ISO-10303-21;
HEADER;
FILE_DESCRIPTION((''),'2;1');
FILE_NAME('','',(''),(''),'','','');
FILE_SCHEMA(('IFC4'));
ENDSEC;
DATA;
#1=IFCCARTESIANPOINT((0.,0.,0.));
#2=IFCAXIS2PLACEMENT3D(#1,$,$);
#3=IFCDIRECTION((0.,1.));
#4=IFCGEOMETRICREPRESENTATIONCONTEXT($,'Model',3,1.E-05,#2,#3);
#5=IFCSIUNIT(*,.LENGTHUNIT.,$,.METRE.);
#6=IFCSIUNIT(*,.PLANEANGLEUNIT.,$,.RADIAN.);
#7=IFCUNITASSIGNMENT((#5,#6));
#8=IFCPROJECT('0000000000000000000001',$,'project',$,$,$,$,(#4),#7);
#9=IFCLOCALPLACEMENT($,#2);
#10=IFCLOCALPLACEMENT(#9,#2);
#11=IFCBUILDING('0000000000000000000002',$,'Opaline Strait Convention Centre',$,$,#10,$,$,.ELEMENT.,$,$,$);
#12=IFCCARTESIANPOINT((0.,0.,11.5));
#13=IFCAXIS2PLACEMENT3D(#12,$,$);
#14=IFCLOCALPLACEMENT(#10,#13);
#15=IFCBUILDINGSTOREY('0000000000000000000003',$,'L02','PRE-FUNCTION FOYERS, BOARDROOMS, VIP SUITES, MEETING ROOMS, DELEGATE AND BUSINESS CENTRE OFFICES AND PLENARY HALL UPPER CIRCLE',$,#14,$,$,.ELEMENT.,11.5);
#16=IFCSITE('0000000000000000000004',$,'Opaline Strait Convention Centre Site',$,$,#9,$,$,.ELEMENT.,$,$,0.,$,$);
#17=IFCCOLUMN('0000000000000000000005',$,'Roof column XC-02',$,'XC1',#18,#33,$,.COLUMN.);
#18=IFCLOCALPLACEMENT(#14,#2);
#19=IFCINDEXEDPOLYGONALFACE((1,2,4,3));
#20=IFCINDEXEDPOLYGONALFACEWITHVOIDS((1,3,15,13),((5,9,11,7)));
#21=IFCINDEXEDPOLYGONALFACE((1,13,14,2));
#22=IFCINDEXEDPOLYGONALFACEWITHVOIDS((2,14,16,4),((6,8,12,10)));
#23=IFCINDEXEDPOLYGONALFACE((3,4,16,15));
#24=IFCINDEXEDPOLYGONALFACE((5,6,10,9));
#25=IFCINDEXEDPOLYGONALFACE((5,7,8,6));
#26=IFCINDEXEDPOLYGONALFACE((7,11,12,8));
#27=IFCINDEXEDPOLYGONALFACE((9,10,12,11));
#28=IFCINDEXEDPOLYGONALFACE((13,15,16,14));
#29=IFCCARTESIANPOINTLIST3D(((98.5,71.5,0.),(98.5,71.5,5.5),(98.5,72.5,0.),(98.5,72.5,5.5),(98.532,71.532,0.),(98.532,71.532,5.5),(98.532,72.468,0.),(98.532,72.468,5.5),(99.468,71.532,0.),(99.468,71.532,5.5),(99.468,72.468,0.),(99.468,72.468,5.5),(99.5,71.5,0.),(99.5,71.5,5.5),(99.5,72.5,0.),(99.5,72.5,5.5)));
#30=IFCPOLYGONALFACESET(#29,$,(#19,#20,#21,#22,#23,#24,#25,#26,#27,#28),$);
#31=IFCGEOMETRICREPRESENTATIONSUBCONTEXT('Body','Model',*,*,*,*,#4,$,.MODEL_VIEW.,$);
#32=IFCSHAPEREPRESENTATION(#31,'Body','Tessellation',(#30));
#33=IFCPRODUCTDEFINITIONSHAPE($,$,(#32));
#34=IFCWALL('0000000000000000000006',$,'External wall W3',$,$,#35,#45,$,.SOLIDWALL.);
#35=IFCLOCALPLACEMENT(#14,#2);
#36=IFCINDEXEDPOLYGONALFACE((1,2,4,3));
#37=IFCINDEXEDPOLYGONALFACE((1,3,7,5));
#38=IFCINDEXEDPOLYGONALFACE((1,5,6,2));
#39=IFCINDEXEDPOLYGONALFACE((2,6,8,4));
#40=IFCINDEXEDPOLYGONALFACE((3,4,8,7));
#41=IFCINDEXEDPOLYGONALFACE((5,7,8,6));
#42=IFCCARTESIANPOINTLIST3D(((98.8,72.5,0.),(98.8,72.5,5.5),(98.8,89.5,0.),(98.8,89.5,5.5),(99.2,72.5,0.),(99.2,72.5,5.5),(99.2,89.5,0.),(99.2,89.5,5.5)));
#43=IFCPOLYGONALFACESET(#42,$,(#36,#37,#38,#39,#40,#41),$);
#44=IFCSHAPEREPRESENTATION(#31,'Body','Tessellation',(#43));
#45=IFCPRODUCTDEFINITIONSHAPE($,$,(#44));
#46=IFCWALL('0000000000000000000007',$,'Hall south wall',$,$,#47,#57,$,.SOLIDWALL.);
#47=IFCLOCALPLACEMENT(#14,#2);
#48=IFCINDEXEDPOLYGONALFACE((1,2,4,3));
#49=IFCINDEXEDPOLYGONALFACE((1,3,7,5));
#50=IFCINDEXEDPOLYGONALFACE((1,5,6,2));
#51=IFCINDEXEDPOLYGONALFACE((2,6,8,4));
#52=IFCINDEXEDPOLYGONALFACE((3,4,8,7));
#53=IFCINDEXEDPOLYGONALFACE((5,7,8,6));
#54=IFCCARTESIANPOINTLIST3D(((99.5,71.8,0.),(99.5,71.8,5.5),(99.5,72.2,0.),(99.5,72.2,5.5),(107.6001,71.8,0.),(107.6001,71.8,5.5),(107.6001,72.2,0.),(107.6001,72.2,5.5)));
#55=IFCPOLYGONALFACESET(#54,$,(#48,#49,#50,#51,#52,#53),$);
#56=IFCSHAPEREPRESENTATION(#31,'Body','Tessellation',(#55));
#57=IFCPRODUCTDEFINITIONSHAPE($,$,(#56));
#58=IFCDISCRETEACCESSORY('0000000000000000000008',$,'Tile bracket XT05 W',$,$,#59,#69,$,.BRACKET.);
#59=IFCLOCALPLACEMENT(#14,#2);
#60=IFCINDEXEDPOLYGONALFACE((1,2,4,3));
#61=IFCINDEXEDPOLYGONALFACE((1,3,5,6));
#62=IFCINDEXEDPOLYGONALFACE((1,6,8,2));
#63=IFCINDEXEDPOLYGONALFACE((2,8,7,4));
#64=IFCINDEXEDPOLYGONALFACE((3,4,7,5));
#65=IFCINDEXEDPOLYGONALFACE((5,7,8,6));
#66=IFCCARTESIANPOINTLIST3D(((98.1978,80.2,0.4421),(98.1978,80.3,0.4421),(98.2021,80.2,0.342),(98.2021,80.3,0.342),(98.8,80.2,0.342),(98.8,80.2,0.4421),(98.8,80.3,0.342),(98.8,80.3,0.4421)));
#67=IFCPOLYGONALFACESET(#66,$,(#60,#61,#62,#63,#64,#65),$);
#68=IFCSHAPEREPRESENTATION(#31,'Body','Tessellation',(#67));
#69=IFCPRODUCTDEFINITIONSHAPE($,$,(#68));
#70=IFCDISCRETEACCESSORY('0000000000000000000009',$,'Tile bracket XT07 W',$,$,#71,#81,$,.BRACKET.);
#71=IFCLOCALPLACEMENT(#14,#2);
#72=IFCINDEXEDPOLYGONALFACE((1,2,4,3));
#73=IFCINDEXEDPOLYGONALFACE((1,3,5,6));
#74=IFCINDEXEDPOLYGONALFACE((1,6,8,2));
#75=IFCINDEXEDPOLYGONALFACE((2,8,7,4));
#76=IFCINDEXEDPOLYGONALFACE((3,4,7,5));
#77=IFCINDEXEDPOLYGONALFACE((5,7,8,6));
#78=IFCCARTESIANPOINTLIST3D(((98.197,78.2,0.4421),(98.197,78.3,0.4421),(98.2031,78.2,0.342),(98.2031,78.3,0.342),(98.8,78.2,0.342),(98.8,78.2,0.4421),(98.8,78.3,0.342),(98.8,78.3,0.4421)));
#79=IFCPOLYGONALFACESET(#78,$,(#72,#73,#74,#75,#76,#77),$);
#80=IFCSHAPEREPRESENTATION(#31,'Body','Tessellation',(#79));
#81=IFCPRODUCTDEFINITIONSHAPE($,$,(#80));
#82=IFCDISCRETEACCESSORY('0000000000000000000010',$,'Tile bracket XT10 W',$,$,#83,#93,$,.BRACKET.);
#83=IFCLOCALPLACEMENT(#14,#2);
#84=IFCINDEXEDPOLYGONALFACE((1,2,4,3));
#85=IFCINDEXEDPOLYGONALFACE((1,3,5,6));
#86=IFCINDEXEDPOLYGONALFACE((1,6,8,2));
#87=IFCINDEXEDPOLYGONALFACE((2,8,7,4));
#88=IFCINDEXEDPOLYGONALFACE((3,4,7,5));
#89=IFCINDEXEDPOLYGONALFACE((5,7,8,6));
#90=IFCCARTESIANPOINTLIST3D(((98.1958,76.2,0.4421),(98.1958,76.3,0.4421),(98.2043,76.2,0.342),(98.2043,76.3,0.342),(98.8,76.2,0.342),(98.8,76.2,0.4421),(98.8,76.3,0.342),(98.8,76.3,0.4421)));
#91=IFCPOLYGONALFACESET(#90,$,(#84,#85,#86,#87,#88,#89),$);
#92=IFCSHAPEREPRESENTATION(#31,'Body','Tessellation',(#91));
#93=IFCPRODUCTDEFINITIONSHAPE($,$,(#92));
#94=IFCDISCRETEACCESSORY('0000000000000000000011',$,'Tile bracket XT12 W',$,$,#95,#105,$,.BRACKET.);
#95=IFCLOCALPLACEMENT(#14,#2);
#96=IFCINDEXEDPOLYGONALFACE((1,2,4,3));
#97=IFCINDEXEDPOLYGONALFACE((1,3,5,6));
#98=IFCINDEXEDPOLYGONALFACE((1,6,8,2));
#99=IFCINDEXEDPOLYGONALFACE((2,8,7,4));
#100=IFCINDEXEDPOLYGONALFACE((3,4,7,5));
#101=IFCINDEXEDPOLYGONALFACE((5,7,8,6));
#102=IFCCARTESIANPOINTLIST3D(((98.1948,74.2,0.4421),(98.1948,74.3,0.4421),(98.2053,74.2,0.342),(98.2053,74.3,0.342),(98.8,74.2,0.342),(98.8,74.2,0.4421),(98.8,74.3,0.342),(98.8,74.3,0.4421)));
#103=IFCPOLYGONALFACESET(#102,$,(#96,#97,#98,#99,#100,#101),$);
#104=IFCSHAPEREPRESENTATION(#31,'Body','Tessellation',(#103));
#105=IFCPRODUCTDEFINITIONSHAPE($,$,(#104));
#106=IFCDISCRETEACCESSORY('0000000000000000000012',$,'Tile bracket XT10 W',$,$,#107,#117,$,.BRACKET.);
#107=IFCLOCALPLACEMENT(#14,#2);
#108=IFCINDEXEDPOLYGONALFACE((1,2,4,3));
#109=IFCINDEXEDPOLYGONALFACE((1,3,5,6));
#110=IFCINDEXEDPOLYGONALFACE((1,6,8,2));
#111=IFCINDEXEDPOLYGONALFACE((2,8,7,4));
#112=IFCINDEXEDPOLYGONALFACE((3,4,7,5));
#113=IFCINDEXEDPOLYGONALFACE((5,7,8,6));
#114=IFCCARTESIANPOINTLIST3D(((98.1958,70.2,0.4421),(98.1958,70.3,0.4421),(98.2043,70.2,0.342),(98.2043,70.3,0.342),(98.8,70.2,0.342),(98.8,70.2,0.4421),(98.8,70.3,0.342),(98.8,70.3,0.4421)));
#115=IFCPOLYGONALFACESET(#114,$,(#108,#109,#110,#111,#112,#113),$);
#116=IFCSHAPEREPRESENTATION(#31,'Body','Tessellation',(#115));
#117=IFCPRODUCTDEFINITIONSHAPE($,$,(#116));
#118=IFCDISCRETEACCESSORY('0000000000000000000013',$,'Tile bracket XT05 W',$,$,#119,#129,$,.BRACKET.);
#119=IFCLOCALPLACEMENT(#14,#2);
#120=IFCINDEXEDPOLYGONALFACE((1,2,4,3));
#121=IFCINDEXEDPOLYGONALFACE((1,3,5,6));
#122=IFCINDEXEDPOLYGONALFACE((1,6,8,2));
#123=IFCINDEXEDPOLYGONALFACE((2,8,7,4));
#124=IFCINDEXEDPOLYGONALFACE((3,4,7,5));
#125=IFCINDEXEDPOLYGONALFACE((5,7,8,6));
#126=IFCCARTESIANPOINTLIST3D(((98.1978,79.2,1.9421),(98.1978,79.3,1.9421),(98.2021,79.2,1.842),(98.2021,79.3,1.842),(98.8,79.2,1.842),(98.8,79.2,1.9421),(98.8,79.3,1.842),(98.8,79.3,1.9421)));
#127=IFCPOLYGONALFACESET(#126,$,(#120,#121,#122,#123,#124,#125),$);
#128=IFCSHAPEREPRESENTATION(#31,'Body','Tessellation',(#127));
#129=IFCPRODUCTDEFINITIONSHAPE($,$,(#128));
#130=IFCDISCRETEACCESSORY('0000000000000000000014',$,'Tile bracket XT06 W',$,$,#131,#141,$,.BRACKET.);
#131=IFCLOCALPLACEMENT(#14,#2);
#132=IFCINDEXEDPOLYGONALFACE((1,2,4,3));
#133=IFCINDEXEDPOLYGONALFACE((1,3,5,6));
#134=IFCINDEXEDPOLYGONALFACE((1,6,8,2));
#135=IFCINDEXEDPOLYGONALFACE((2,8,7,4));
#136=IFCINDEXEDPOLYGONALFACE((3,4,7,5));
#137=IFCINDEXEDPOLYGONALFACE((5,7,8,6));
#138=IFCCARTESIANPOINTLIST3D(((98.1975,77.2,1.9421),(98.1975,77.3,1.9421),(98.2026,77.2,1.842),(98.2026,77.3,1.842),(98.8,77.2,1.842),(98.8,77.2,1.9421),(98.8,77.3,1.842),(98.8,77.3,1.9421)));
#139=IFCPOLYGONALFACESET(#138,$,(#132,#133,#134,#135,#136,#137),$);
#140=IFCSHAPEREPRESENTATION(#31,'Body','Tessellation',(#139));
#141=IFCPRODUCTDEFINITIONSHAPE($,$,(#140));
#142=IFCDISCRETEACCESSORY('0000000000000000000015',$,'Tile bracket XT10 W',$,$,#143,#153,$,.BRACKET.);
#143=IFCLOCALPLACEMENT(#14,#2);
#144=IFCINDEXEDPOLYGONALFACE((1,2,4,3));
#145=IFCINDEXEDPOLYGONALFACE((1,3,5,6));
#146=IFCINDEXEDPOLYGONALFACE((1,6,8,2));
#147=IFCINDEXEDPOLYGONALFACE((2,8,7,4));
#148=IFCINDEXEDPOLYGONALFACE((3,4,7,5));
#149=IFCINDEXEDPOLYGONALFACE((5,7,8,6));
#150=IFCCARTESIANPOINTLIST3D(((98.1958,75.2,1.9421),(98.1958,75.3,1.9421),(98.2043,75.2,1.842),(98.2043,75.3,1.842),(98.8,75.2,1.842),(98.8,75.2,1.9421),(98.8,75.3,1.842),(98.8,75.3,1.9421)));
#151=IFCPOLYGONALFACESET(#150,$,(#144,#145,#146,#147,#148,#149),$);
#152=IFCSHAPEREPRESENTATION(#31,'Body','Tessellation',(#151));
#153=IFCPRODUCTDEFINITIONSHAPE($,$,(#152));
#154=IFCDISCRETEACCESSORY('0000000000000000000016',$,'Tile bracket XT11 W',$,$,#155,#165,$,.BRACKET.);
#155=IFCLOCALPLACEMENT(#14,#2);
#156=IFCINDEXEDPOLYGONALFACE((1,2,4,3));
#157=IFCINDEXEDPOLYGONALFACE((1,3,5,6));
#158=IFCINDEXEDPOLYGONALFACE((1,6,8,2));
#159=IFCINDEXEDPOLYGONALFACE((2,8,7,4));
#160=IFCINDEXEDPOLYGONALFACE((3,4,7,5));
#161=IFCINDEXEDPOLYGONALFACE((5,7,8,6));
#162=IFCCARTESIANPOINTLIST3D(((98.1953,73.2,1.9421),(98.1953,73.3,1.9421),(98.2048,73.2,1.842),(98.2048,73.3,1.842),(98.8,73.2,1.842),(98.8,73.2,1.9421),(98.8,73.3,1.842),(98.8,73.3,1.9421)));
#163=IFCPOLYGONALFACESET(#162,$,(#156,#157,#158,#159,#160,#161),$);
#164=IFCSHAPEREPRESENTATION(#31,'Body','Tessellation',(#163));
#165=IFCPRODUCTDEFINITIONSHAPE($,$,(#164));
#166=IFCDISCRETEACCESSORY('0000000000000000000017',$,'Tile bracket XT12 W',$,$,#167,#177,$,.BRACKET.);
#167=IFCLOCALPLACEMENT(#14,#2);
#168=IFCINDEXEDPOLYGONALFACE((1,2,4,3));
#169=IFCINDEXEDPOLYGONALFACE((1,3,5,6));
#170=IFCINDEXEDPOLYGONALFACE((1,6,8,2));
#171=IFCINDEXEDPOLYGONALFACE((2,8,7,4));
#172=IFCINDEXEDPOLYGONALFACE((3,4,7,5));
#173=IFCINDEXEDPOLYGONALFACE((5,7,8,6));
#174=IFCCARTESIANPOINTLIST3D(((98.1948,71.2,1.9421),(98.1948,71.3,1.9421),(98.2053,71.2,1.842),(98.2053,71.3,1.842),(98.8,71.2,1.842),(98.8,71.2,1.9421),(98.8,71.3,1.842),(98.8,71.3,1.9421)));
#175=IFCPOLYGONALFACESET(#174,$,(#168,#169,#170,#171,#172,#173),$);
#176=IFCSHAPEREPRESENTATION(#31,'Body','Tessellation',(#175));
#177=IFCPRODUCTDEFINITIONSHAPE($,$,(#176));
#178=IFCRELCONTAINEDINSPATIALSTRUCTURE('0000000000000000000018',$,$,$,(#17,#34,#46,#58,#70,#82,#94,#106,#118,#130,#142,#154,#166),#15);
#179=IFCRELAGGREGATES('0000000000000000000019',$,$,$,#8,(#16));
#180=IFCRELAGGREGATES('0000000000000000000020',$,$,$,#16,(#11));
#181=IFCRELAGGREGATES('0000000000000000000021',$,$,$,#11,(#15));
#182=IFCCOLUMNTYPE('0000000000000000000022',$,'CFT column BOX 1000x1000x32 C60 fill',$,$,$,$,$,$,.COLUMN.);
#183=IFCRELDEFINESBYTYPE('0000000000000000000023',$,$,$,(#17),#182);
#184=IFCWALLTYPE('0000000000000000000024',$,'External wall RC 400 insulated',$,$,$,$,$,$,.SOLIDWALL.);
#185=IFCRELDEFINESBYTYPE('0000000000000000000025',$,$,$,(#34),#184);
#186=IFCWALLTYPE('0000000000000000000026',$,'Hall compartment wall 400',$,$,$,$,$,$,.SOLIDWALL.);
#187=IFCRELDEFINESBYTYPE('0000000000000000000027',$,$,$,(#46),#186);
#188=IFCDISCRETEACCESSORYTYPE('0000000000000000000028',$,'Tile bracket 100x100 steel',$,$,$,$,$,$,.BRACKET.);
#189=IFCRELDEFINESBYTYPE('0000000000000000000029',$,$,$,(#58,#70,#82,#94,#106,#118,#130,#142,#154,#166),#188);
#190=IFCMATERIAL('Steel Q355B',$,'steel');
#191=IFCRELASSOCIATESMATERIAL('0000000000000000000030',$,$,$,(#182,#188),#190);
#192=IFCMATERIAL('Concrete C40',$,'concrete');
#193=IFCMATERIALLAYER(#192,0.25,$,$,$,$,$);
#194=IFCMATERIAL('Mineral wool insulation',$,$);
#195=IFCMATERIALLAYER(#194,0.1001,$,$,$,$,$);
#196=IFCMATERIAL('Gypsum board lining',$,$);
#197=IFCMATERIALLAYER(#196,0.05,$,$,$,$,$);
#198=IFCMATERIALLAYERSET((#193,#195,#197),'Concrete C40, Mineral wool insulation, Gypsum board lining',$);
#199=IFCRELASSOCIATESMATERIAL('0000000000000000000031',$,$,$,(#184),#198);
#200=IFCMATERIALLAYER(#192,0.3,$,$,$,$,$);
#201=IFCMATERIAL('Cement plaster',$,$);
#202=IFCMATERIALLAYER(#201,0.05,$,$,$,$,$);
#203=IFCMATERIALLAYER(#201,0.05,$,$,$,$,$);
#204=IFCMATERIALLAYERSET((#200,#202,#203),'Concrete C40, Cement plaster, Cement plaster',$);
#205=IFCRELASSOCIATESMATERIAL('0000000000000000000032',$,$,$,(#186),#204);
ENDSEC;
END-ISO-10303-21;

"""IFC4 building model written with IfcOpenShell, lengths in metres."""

from ifc_helpers import new_model, si_unit, direction, frame, frame_2d, origin, origin_2d, place, context, subcontext, project, spatial, polyline, rectangle, hollow_rectangle, outline, extrude, material, layer, layer_set, material_profile, profile_set, type_object, element, save


model = new_model("IFC4")

# Units and contexts
model_context = context("Model", 3, precision=1e-05, world=origin(), true_north=direction((0.0, 1.0)))
body_context = subcontext(model_context, "Body", "Model", "MODEL_VIEW")
ifc_project = project(units=[si_unit("LENGTHUNIT", "METRE"), si_unit("PLANEANGLEUNIT", "RADIAN")], contexts=[model_context])

# Site, building, storey
site_placement = place(None, origin())
site = spatial("IfcSite", under=ifc_project, at=site_placement, Name="Opaline Strait Convention Centre Site", CompositionType="ELEMENT", RefElevation=0.0)
building_placement = place(site_placement, origin())
building = spatial("IfcBuilding", under=site, at=building_placement, Name="Opaline Strait Convention Centre", CompositionType="ELEMENT")
storey_placement = place(building_placement, frame((0.0, 0.0, 11.5)))
storey = spatial("IfcBuildingStorey", under=building, at=storey_placement, Name="L02", Description="PRE-FUNCTION FOYERS, BOARDROOMS, VIP SUITES, MEETING ROOMS, DELEGATE AND BUSINESS CENTRE OFFICES AND PLENARY HALL UPPER CIRCLE", CompositionType="ELEMENT", Elevation=11.5)

# Column
ifc_material_1 = material(Name="Steel Q355B", Category="steel")
ifc_material_profile = material_profile(ifc_material_1, hollow_rectangle(XDim=1.0, YDim=1.0, WallThickness=0.032, at=origin_2d()), Name="BOX 1000x1000x32")
ifc_profile_set = profile_set([ifc_material_profile], Name="Steel Q355B")
column_type = type_object("IfcColumnType", Name="CFT column BOX 1000x1000x32 C60 fill", PredefinedType="COLUMN", material=ifc_profile_set)
column_placement = place(storey_placement, frame((99.0, 72.0, 0.0), z_axis=(0.0, 0.0, 1.0), x_axis=(1.0, 0.0, 0.0)))
element("IfcColumn", 1, at=column_placement, inside=storey, type_object=column_type, Name="Roof column XC-02", ObjectType="XC1", PredefinedType="COLUMN", context=body_context, shape_type="SweptSolid", body=[
    extrude(hollow_rectangle(XDim=1.0, YDim=1.0, WallThickness=0.032, at=origin_2d()), origin(), (0.0, 0.0, 1.0), 5.5),
])

# Walls
ifc_material_2 = material(Name="Concrete C40", Category="concrete")
ifc_layer_1 = layer(ifc_material_2, 0.25)
ifc_material_3 = material(Name="Mineral wool insulation")
ifc_layer_2 = layer(ifc_material_3, 0.1001)
ifc_material_4 = material(Name="Gypsum board lining")
ifc_layer_3 = layer(ifc_material_4, 0.05)
ifc_layer_set_1 = layer_set([ifc_layer_1, ifc_layer_2, ifc_layer_3], Name="Concrete C40, Mineral wool insulation, Gypsum board lining")
wall_type_1 = type_object("IfcWallType", Name="External wall RC 400 insulated", PredefinedType="SOLIDWALL", material=ifc_layer_set_1)
wall_1_placement = place(storey_placement, frame((99.0, 72.5, 0.0), z_axis=(0.0, 0.0, 1.0), x_axis=(0.0, 1.0, 0.0)))
element("IfcWall", 2, at=wall_1_placement, inside=storey, type_object=wall_type_1, Name="External wall W3", PredefinedType="SOLIDWALL", context=body_context, shape_type="SweptSolid", body=[
    extrude(rectangle(XDim=17.0, YDim=0.3999, at=frame_2d((8.5, 0.0))), origin(), (0.0, 0.0, 1.0), 5.5),
])
ifc_layer_4 = layer(ifc_material_2, 0.3)
ifc_material_5 = material(Name="Cement plaster")
ifc_layer_5 = layer(ifc_material_5, 0.05)
ifc_layer_6 = layer(ifc_material_5, 0.05)
ifc_layer_set_2 = layer_set([ifc_layer_4, ifc_layer_5, ifc_layer_6], Name="Concrete C40, Cement plaster, Cement plaster")
wall_type_2 = type_object("IfcWallType", Name="Hall compartment wall 400", PredefinedType="SOLIDWALL", material=ifc_layer_set_2)
wall_2_placement = place(storey_placement, frame((99.5, 72.0, 0.0), z_axis=(0.0, 0.0, 1.0), x_axis=(1.0, 0.0, 0.0)))
element("IfcWall", 3, at=wall_2_placement, inside=storey, type_object=wall_type_2, Name="Hall south wall", PredefinedType="SOLIDWALL", context=body_context, shape_type="SweptSolid", body=[
    extrude(rectangle(XDim=8.1001, YDim=0.3999, at=frame_2d((4.05, 0.0))), origin(), (0.0, 0.0, 1.0), 5.5),
])

# Discrete accessories
discrete_accessory_type = type_object("IfcDiscreteAccessoryType", Name="Tile bracket 100x100 steel", PredefinedType="BRACKET", material=ifc_material_1)
discrete_accessory_1_placement = place(storey_placement, frame((98.8, 80.3, 0.3921), z_axis=(0.0, -1.0, 0.0), x_axis=(1.0, 0.0, 0.0)))
element("IfcDiscreteAccessory", 4, at=discrete_accessory_1_placement, inside=storey, type_object=discrete_accessory_type, Name="Tile bracket XT05 W", PredefinedType="BRACKET", context=body_context, shape_type="SweptSolid", body=[
    extrude(outline(polyline([(0.0, -0.05), (0.0, 0.05), (-0.6023, 0.05), (-0.5979, -0.05), (0.0, -0.05)])), origin(), (0.0, 0.0, 1.0), 0.1001),
])
discrete_accessory_2_placement = place(storey_placement, frame((98.8, 78.3, 0.3921), z_axis=(0.0, -1.0, 0.0), x_axis=(1.0, 0.0, 0.0)))
element("IfcDiscreteAccessory", 5, at=discrete_accessory_2_placement, inside=storey, type_object=discrete_accessory_type, Name="Tile bracket XT07 W", PredefinedType="BRACKET", context=body_context, shape_type="SweptSolid", body=[
    extrude(outline(polyline([(0.0, -0.05), (0.0, 0.05), (-0.603, 0.05), (-0.5969, -0.05), (0.0, -0.05)])), origin(), (0.0, 0.0, 1.0), 0.1001),
])
discrete_accessory_3_placement = place(storey_placement, frame((98.8, 76.3, 0.3921), z_axis=(0.0, -1.0, 0.0), x_axis=(1.0, 0.0, 0.0)))
element("IfcDiscreteAccessory", 6, at=discrete_accessory_3_placement, inside=storey, type_object=discrete_accessory_type, Name="Tile bracket XT10 W", PredefinedType="BRACKET", context=body_context, shape_type="SweptSolid", body=[
    extrude(outline(polyline([(0.0, -0.05), (0.0, 0.05), (-0.6042, 0.05), (-0.5957, -0.05), (0.0, -0.05)])), origin(), (0.0, 0.0, 1.0), 0.1001),
])
discrete_accessory_4_placement = place(storey_placement, frame((98.8, 74.3, 0.3921), z_axis=(0.0, -1.0, 0.0), x_axis=(1.0, 0.0, 0.0)))
element("IfcDiscreteAccessory", 7, at=discrete_accessory_4_placement, inside=storey, type_object=discrete_accessory_type, Name="Tile bracket XT12 W", PredefinedType="BRACKET", context=body_context, shape_type="SweptSolid", body=[
    extrude(outline(polyline([(0.0, -0.05), (0.0, 0.05), (-0.6052, 0.05), (-0.5947, -0.05), (0.0, -0.05)])), origin(), (0.0, 0.0, 1.0), 0.1001),
])
discrete_accessory_5_placement = place(storey_placement, frame((98.8, 70.3, 0.3921), z_axis=(0.0, -1.0, 0.0), x_axis=(1.0, 0.0, 0.0)))
element("IfcDiscreteAccessory", 8, at=discrete_accessory_5_placement, inside=storey, type_object=discrete_accessory_type, Name="Tile bracket XT10 W", PredefinedType="BRACKET", context=body_context, shape_type="SweptSolid", body=[
    extrude(outline(polyline([(0.0, -0.05), (0.0, 0.05), (-0.6042, 0.05), (-0.5957, -0.05), (0.0, -0.05)])), origin(), (0.0, 0.0, 1.0), 0.1001),
])
discrete_accessory_6_placement = place(storey_placement, frame((98.8, 79.3, 1.8921), z_axis=(0.0, -1.0, 0.0), x_axis=(1.0, 0.0, 0.0)))
element("IfcDiscreteAccessory", 9, at=discrete_accessory_6_placement, inside=storey, type_object=discrete_accessory_type, Name="Tile bracket XT05 W", PredefinedType="BRACKET", context=body_context, shape_type="SweptSolid", body=[
    extrude(outline(polyline([(0.0, -0.05), (0.0, 0.05), (-0.6023, 0.05), (-0.5979, -0.05), (0.0, -0.05)])), origin(), (0.0, 0.0, 1.0), 0.1001),
])
discrete_accessory_7_placement = place(storey_placement, frame((98.8, 77.3, 1.8921), z_axis=(0.0, -1.0, 0.0), x_axis=(1.0, 0.0, 0.0)))
element("IfcDiscreteAccessory", 10, at=discrete_accessory_7_placement, inside=storey, type_object=discrete_accessory_type, Name="Tile bracket XT06 W", PredefinedType="BRACKET", context=body_context, shape_type="SweptSolid", body=[
    extrude(outline(polyline([(0.0, -0.05), (0.0, 0.05), (-0.6025, 0.05), (-0.5974, -0.05), (0.0, -0.05)])), origin(), (0.0, 0.0, 1.0), 0.1001),
])
discrete_accessory_8_placement = place(storey_placement, frame((98.8, 75.3, 1.8921), z_axis=(0.0, -1.0, 0.0), x_axis=(1.0, 0.0, 0.0)))
element("IfcDiscreteAccessory", 11, at=discrete_accessory_8_placement, inside=storey, type_object=discrete_accessory_type, Name="Tile bracket XT10 W", PredefinedType="BRACKET", context=body_context, shape_type="SweptSolid", body=[
    extrude(outline(polyline([(0.0, -0.05), (0.0, 0.05), (-0.6042, 0.05), (-0.5957, -0.05), (0.0, -0.05)])), origin(), (0.0, 0.0, 1.0), 0.1001),
])
discrete_accessory_9_placement = place(storey_placement, frame((98.8, 73.3, 1.8921), z_axis=(0.0, -1.0, 0.0), x_axis=(1.0, 0.0, 0.0)))
element("IfcDiscreteAccessory", 12, at=discrete_accessory_9_placement, inside=storey, type_object=discrete_accessory_type, Name="Tile bracket XT11 W", PredefinedType="BRACKET", context=body_context, shape_type="SweptSolid", body=[
    extrude(outline(polyline([(0.0, -0.05), (0.0, 0.05), (-0.6047, 0.05), (-0.5952, -0.05), (0.0, -0.05)])), origin(), (0.0, 0.0, 1.0), 0.1001),
])
discrete_accessory_10_placement = place(storey_placement, frame((98.8, 71.3, 1.8921), z_axis=(0.0, -1.0, 0.0), x_axis=(1.0, 0.0, 0.0)))
element("IfcDiscreteAccessory", 13, at=discrete_accessory_10_placement, inside=storey, type_object=discrete_accessory_type, Name="Tile bracket XT12 W", PredefinedType="BRACKET", context=body_context, shape_type="SweptSolid", body=[
    extrude(outline(polyline([(0.0, -0.05), (0.0, 0.05), (-0.6052, 0.05), (-0.5947, -0.05), (0.0, -0.05)])), origin(), (0.0, 0.0, 1.0), 0.1001),
])

save(model, "model.ifc")
